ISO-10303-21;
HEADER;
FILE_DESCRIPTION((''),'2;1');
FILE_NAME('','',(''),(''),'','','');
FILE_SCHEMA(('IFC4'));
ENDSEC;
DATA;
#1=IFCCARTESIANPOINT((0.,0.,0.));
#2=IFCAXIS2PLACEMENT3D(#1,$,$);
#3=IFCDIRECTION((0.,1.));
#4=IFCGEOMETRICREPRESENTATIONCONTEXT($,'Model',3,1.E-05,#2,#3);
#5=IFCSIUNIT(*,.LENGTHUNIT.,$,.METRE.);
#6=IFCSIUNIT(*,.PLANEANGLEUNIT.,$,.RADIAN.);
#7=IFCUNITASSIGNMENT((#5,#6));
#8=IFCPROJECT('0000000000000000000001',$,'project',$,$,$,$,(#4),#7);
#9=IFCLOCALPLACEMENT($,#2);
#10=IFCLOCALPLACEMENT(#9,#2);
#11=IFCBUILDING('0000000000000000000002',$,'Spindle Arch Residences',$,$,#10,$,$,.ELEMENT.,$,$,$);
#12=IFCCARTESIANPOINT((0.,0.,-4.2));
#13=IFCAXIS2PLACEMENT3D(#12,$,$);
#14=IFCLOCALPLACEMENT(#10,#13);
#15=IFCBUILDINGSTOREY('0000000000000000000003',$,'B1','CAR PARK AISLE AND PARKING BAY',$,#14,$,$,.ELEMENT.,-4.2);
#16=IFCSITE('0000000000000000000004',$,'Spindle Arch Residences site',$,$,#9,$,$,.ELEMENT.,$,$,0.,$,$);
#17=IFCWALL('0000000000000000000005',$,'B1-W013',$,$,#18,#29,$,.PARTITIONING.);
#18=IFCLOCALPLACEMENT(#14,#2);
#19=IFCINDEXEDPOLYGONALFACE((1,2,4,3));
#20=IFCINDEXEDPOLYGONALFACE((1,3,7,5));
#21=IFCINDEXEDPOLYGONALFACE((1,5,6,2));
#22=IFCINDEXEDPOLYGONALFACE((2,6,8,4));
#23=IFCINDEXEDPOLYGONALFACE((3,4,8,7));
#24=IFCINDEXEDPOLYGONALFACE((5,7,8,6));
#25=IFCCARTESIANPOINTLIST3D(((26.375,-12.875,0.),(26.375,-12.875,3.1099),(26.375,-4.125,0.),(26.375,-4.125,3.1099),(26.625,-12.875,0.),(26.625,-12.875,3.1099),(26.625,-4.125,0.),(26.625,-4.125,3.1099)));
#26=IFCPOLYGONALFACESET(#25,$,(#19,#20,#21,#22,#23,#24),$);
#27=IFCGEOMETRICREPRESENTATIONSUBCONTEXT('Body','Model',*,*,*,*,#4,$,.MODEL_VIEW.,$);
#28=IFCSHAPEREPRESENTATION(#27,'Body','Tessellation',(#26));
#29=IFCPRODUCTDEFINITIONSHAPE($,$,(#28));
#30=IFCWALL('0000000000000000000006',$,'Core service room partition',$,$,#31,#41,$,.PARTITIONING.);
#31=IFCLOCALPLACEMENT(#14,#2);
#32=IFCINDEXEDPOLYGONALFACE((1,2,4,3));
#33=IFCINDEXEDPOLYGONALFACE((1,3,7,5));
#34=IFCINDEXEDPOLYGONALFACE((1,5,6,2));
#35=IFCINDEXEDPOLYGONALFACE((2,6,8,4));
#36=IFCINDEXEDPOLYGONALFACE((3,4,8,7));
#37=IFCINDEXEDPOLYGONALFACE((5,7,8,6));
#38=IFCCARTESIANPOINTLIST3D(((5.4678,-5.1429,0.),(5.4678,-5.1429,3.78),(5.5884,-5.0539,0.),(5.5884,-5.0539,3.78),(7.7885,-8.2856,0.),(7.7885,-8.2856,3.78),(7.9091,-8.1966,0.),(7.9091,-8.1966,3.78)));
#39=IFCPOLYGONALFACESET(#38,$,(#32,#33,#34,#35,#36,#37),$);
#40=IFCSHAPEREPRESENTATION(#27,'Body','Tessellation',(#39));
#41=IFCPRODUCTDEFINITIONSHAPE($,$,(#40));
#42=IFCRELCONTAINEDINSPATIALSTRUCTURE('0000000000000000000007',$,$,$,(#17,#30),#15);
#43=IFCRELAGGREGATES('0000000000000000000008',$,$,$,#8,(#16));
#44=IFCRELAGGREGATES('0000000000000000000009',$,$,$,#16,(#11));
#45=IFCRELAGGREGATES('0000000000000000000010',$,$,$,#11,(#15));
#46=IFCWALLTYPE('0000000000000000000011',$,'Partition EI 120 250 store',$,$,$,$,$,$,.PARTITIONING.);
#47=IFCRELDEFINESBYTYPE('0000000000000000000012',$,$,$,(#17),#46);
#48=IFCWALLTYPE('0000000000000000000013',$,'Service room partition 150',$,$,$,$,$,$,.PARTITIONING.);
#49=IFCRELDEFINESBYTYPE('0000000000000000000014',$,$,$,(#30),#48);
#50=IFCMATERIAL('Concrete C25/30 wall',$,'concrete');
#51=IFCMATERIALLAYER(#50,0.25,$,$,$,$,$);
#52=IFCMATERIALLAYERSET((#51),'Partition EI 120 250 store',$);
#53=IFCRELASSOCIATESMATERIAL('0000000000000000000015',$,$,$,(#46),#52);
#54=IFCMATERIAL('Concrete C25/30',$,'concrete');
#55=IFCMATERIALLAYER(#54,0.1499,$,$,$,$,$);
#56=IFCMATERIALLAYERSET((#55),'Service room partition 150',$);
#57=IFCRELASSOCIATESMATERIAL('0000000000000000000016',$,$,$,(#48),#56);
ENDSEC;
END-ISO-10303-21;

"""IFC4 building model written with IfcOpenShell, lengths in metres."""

from ifc_helpers import new_model, si_unit, direction, frame, frame_2d, origin, place, context, subcontext, project, spatial, rectangle, extrude, material, layer, layer_set, type_object, element, save


model = new_model("IFC4")

# Units and contexts
model_context = context("Model", 3, precision=1e-05, world=origin(), true_north=direction((0.0, 1.0)))
body_context = subcontext(model_context, "Body", "Model", "MODEL_VIEW")
ifc_project = project(units=[si_unit("LENGTHUNIT", "METRE"), si_unit("PLANEANGLEUNIT", "RADIAN")], contexts=[model_context])

# Site, building, storey
site_placement = place(None, origin())
site = spatial("IfcSite", under=ifc_project, at=site_placement, Name="Spindle Arch Residences site", CompositionType="ELEMENT", RefElevation=0.0)
building_placement = place(site_placement, origin())
building = spatial("IfcBuilding", under=site, at=building_placement, Name="Spindle Arch Residences", CompositionType="ELEMENT")
storey_placement = place(building_placement, frame((0.0, 0.0, -4.2)))
storey = spatial("IfcBuildingStorey", under=building, at=storey_placement, Name="B1", Description="CAR PARK AISLE AND PARKING BAY", CompositionType="ELEMENT", Elevation=-4.2)

# Shared definitions
ifc_material_1 = material(Name="Concrete C25/30 wall", Category="concrete")
ifc_layer_1 = layer(ifc_material_1, 0.25)
ifc_layer_set_1 = layer_set([ifc_layer_1], Name="Partition EI 120 250 store")
wall_type_1 = type_object("IfcWallType", Name="Partition EI 120 250 store", PredefinedType="PARTITIONING", material=ifc_layer_set_1)

# Walls
wall_1_placement = place(storey_placement, frame((26.5, -4.125, 0.0), z_axis=(0.0, 0.0, 1.0), x_axis=(0.0, -1.0, 0.0)))
element("IfcWall", 1, at=wall_1_placement, inside=storey, type_object=wall_type_1, Name="B1-W013", PredefinedType="PARTITIONING", context=body_context, shape_type="SweptSolid", body=[
    extrude(rectangle(XDim=8.75, YDim=0.25, at=frame_2d((4.375, 0.0))), origin(), (0.0, 0.0, 1.0), 3.1099),
])
ifc_material_2 = material(Name="Concrete C25/30", Category="concrete")
ifc_layer_2 = layer(ifc_material_2, 0.1499)
ifc_layer_set_2 = layer_set([ifc_layer_2], Name="Service room partition 150")
wall_type_2 = type_object("IfcWallType", Name="Service room partition 150", PredefinedType="PARTITIONING", material=ifc_layer_set_2)
wall_2_placement = place(storey_placement, frame((5.5281, -5.0984, 0.0), z_axis=(0.0, 0.0, 1.0), x_axis=(0.594034, -0.80444, 0.0)))
element("IfcWall", 2, at=wall_2_placement, inside=storey, type_object=wall_type_2, Name="Core service room partition", PredefinedType="PARTITIONING", context=body_context, shape_type="SweptSolid", body=[
    extrude(rectangle(XDim=3.9067, YDim=0.1499, at=frame_2d((1.9534, 0.0))), origin(), (0.0, 0.0, 1.0), 3.78),
])

save(model, "model.ifc")
